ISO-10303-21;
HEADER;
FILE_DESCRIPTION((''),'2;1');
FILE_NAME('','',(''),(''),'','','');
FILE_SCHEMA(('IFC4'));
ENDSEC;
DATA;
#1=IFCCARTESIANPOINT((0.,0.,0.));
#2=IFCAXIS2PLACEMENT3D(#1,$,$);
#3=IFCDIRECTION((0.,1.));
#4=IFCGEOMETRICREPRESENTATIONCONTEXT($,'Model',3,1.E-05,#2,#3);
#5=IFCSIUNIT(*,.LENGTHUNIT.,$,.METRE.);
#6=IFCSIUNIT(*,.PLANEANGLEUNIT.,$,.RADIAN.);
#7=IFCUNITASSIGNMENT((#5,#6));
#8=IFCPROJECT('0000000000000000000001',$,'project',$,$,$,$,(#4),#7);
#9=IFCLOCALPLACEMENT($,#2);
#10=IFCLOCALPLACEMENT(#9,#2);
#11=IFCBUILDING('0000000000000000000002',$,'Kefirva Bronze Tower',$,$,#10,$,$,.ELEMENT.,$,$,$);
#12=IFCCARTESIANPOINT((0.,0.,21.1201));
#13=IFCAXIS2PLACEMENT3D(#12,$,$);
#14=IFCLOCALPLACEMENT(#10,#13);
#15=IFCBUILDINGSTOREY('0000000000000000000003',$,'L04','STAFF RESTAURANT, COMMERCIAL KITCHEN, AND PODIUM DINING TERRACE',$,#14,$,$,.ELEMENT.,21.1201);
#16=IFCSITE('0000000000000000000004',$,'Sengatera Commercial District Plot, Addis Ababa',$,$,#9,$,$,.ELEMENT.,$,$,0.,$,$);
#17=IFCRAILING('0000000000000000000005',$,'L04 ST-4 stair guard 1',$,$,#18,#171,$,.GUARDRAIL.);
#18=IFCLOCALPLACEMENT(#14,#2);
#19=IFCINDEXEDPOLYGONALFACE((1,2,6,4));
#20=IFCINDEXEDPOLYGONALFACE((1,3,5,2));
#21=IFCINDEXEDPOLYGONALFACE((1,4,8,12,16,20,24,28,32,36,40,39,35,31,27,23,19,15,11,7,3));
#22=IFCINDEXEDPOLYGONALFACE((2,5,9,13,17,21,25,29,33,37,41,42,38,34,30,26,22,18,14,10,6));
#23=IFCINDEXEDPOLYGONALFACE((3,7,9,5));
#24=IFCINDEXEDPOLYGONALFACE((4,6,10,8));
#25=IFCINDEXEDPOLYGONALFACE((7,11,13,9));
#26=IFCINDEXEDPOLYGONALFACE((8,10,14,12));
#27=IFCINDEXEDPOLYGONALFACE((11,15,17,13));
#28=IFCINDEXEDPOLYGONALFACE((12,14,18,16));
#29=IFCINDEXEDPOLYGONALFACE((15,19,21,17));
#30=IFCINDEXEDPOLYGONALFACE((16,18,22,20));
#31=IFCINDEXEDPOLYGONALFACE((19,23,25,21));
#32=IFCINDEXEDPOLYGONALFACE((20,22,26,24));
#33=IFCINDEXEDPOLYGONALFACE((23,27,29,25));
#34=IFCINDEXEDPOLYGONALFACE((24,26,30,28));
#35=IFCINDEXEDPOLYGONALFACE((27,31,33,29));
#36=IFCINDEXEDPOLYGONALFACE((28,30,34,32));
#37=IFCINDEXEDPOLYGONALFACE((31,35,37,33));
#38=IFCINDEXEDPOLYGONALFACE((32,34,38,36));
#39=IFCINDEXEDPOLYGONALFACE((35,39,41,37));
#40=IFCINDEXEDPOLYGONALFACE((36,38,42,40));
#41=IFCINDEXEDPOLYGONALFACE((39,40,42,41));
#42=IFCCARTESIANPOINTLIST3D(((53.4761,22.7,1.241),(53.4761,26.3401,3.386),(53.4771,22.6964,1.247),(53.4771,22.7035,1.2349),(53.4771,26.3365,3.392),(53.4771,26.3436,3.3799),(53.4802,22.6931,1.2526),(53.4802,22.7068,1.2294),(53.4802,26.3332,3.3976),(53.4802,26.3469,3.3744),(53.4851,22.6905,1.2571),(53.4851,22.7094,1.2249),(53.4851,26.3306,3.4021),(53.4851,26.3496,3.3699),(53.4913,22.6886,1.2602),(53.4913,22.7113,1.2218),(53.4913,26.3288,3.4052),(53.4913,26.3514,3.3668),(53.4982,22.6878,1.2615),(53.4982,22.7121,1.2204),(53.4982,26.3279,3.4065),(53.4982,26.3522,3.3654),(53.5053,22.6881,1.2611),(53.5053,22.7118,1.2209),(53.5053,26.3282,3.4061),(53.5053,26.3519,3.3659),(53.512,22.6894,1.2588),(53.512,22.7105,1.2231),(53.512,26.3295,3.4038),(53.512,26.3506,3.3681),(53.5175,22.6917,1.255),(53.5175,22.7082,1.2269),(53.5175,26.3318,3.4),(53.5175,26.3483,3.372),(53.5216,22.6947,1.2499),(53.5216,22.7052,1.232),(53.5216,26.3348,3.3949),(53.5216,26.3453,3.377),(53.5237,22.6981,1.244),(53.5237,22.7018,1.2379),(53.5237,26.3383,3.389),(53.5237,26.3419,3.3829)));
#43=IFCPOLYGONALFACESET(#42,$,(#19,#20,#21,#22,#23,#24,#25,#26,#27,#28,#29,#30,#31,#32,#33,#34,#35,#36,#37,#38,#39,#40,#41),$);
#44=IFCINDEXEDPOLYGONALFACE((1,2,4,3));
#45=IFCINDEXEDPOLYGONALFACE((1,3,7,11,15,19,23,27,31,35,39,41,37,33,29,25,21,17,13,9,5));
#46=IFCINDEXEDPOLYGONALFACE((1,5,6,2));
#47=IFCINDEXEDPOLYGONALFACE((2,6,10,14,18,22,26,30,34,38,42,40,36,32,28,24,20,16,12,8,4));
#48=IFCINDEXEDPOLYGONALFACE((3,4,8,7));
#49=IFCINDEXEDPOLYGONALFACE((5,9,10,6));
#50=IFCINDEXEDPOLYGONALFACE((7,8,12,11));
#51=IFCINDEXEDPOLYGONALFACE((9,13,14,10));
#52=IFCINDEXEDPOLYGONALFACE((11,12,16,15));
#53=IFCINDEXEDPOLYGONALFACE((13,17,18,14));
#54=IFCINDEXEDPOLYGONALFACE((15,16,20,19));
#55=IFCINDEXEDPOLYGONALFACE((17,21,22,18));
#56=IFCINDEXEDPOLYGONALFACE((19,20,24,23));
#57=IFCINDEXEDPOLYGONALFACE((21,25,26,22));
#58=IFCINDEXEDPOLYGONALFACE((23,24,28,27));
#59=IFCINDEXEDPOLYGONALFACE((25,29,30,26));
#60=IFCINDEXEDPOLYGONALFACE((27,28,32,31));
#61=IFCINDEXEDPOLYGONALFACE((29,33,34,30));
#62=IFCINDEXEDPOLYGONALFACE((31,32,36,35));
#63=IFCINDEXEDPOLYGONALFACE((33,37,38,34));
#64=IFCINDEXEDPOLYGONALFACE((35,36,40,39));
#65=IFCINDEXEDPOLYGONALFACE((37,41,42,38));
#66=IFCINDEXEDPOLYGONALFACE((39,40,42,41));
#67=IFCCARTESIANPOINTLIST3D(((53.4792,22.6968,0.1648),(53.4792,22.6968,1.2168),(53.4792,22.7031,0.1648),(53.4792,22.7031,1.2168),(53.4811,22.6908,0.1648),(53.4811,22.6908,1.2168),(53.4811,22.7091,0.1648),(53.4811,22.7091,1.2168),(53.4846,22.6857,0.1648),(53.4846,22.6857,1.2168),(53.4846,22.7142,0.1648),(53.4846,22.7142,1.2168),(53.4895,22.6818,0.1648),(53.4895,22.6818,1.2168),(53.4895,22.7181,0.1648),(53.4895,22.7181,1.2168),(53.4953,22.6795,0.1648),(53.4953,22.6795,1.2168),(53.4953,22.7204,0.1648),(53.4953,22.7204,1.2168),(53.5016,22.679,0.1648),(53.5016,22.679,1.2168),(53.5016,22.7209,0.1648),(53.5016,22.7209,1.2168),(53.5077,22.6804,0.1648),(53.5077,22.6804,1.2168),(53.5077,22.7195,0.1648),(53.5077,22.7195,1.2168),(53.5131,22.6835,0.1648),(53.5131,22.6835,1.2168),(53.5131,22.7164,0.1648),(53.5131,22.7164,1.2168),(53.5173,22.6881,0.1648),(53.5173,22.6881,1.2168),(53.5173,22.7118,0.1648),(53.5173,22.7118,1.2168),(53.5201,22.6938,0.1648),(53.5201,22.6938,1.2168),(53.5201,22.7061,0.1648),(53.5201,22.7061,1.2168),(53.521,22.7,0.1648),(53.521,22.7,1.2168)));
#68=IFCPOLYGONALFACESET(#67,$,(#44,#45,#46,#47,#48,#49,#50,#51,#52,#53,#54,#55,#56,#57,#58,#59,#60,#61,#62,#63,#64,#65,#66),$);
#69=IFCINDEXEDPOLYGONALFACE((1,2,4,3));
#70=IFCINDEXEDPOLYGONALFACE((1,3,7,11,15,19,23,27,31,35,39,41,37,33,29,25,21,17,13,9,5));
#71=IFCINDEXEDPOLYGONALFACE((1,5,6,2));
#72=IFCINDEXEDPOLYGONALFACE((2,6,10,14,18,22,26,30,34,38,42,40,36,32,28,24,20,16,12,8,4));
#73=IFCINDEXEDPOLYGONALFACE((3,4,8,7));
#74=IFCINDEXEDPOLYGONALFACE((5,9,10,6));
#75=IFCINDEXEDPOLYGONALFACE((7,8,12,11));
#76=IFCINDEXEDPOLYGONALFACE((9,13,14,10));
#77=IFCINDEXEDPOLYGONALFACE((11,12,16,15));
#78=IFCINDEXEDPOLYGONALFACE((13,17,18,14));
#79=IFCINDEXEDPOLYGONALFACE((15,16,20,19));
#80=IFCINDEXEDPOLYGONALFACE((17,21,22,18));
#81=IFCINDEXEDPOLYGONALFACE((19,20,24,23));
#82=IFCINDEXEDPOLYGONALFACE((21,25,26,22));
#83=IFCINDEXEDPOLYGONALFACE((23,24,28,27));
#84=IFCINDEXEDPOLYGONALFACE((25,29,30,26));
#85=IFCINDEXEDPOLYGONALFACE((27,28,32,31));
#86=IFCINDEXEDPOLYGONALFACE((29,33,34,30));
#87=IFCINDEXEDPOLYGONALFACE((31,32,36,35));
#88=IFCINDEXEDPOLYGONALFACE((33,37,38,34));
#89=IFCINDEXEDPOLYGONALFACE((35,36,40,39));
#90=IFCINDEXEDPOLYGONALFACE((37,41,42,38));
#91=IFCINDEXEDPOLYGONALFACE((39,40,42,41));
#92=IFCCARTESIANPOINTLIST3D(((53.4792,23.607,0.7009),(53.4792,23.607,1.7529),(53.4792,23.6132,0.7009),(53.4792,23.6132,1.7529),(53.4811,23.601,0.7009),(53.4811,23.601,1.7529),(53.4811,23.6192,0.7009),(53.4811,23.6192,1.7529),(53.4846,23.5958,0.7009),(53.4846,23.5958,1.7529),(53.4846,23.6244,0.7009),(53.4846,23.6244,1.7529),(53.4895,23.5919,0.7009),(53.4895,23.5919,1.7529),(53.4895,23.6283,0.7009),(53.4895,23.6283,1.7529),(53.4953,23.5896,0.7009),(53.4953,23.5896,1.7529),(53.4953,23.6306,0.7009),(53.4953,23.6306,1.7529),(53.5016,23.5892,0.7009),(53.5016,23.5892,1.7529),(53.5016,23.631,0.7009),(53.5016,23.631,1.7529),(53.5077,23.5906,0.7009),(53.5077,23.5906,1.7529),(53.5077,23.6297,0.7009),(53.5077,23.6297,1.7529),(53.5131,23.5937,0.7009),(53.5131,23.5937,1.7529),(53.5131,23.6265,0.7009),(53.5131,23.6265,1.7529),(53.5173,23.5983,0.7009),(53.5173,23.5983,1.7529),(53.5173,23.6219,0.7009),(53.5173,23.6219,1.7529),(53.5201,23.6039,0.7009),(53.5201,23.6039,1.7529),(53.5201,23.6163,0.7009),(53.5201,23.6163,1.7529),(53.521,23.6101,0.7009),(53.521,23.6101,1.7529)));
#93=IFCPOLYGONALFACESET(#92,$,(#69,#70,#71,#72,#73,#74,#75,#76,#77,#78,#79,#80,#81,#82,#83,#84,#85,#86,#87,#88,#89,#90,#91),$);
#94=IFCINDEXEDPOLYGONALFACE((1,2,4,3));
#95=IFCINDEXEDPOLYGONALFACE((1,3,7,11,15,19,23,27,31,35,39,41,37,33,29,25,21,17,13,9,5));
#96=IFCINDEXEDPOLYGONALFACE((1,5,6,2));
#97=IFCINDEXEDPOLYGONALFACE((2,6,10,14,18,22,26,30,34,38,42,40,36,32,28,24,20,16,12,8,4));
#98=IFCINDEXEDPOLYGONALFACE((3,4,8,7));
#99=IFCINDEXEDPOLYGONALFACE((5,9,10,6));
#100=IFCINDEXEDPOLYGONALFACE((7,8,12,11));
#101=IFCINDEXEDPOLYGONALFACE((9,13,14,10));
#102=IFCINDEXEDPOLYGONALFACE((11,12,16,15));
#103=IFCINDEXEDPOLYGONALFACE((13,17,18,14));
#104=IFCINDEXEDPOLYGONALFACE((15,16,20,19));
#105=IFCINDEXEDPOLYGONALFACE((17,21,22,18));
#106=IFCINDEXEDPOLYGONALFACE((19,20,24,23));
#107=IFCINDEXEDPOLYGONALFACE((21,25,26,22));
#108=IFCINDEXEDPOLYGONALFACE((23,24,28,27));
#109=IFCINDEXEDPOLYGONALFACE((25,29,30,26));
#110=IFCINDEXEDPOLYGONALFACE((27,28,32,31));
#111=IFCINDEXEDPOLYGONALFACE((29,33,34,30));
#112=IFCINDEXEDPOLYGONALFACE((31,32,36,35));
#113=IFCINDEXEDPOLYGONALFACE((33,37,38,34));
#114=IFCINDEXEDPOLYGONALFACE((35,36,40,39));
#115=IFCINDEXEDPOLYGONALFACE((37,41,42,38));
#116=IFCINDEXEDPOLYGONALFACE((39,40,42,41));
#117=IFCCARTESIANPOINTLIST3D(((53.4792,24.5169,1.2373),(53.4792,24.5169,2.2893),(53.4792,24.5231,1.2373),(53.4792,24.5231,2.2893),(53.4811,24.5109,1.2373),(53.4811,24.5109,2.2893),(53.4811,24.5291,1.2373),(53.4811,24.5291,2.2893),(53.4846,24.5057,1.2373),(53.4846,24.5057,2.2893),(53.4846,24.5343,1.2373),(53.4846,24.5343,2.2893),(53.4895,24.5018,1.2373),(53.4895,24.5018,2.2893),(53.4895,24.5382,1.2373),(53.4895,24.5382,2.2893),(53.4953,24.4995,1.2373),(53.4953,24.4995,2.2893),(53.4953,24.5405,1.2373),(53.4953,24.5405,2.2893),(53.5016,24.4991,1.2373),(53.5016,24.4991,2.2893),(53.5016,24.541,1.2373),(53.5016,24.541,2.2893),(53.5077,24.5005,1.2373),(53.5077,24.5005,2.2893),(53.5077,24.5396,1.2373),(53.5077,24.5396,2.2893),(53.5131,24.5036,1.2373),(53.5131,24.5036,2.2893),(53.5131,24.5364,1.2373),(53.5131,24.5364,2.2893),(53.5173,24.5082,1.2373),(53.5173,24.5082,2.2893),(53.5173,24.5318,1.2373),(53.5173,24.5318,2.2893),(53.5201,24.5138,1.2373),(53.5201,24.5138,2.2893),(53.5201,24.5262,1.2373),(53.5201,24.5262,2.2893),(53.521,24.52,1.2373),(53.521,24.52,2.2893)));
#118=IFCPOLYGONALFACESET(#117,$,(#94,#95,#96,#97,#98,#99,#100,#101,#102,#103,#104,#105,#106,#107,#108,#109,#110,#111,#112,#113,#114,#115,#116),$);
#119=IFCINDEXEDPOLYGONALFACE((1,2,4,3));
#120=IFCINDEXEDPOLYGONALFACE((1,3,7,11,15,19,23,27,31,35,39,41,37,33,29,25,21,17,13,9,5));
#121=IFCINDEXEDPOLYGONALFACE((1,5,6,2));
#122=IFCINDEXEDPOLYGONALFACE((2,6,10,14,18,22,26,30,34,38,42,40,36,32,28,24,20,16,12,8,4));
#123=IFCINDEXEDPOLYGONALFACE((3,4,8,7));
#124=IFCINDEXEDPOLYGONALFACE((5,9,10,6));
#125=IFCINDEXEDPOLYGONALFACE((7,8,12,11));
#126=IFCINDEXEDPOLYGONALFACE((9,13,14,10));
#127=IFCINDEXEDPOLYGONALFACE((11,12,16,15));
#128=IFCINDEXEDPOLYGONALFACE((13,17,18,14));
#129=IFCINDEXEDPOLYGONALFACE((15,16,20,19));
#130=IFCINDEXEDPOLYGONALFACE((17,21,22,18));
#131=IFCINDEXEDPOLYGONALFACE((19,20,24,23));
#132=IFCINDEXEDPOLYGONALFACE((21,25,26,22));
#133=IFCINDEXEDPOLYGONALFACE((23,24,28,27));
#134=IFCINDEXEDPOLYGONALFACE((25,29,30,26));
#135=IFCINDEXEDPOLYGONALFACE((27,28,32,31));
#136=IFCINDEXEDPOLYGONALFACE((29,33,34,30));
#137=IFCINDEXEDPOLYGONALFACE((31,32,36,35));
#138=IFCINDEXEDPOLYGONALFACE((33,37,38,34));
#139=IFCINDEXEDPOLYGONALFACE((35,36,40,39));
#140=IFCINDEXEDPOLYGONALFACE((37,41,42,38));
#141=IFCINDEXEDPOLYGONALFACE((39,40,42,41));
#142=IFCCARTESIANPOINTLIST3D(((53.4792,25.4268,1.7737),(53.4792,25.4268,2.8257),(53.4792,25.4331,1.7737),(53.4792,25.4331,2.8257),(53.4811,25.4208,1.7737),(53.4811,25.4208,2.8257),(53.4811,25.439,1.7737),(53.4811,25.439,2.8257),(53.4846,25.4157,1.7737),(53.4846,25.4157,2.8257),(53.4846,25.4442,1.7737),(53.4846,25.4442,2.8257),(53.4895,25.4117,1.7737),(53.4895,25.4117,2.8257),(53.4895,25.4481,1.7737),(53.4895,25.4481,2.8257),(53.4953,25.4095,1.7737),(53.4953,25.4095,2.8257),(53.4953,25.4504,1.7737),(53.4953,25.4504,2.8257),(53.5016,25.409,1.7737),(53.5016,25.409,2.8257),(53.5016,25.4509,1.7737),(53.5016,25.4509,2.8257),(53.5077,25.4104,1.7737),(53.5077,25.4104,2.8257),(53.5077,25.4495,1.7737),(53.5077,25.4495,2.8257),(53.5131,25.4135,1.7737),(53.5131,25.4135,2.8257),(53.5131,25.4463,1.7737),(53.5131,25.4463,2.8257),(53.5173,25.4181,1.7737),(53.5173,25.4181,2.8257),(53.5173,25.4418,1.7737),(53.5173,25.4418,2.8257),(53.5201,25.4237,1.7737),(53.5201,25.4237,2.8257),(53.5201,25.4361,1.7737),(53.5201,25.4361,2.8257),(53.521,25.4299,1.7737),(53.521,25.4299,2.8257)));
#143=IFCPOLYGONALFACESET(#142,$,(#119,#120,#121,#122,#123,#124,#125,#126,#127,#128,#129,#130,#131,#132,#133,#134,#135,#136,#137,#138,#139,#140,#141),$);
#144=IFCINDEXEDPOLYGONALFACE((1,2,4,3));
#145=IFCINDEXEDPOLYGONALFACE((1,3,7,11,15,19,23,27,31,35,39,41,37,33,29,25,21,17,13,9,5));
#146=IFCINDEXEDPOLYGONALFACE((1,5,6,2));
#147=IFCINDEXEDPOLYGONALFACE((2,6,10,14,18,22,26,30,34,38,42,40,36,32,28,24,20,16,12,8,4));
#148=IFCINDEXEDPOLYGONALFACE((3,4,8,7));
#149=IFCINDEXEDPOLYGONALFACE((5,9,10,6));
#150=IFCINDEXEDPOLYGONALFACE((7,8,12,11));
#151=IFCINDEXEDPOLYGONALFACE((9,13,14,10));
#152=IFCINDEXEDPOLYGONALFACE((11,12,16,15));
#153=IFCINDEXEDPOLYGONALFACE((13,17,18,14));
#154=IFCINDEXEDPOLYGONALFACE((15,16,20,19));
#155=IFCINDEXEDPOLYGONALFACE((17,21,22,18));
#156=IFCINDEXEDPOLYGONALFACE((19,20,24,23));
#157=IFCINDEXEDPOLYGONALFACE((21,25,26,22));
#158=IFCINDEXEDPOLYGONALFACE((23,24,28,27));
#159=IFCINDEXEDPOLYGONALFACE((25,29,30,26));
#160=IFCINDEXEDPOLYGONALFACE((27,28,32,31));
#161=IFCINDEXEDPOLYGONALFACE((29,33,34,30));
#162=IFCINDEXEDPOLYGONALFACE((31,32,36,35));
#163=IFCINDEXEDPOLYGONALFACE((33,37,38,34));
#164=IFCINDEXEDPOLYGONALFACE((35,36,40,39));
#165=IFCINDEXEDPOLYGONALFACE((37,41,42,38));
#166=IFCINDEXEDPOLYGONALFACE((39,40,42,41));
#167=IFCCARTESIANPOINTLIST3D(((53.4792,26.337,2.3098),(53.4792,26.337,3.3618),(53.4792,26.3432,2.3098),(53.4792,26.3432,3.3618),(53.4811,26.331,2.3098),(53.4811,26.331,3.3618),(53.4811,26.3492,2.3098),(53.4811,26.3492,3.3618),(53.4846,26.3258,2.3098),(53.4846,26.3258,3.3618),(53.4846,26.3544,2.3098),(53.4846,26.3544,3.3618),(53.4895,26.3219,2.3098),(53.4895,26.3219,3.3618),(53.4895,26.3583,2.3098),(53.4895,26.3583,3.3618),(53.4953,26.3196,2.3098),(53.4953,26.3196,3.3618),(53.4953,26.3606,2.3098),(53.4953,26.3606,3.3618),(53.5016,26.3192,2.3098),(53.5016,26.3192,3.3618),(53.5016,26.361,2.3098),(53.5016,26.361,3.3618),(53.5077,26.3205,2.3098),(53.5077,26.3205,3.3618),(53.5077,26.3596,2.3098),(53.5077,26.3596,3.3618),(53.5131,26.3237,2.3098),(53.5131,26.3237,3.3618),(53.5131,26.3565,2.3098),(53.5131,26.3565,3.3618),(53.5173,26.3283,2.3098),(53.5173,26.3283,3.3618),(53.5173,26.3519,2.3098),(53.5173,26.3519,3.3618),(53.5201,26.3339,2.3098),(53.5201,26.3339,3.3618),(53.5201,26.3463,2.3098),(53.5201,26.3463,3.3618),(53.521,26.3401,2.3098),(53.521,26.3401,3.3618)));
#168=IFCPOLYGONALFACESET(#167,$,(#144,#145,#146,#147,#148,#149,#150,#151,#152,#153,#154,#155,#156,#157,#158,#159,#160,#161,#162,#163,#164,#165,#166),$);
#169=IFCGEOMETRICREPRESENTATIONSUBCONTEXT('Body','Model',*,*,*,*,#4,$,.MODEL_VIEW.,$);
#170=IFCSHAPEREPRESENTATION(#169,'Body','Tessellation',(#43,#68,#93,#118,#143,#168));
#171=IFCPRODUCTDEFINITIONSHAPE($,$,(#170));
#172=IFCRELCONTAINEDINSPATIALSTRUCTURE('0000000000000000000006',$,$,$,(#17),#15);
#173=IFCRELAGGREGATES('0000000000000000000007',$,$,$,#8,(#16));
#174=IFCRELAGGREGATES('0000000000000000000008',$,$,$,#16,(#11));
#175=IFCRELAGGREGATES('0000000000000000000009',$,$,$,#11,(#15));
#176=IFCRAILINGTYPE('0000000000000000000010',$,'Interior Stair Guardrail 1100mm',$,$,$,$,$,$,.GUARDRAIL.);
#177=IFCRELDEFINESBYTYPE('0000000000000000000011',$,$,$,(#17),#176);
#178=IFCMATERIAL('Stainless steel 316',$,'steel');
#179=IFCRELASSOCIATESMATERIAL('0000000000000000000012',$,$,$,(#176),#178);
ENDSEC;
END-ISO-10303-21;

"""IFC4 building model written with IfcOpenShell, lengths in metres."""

from ifc_helpers import new_model, si_unit, direction, frame, origin, origin_2d, place, context, subcontext, project, spatial, circle, extrude, material, type_object, element, save


model = new_model("IFC4")

# Units and contexts
model_context = context("Model", 3, precision=1e-05, world=origin(), true_north=direction((0.0, 1.0)))
body_context = subcontext(model_context, "Body", "Model", "MODEL_VIEW")
ifc_project = project(units=[si_unit("LENGTHUNIT", "METRE"), si_unit("PLANEANGLEUNIT", "RADIAN")], contexts=[model_context])

# Site, building, storey
site_placement = place(None, origin())
site = spatial("IfcSite", under=ifc_project, at=site_placement, Name="Sengatera Commercial District Plot, Addis Ababa", CompositionType="ELEMENT", RefElevation=0.0)
building_placement = place(site_placement, origin())
building = spatial("IfcBuilding", under=site, at=building_placement, Name="Kefirva Bronze Tower", CompositionType="ELEMENT")
storey_placement = place(building_placement, frame((0.0, 0.0, 21.1201)))
storey = spatial("IfcBuildingStorey", under=building, at=storey_placement, Name="L04", Description="STAFF RESTAURANT, COMMERCIAL KITCHEN, AND PODIUM DINING TERRACE", CompositionType="ELEMENT", Elevation=21.1201)

# Railing
ifc_material_1 = material(Name="Stainless steel 316", Category="steel")
railing_type_1 = type_object("IfcRailingType", Name="Interior Stair Guardrail 1100mm", PredefinedType="GUARDRAIL", material=ifc_material_1)
railing_1_placement = place(storey_placement, frame((53.5, 22.7, 0.1648)))
element("IfcRailing", 1, at=railing_1_placement, inside=storey, type_object=railing_type_1, Name="L04 ST-4 stair guard 1", PredefinedType="GUARDRAIL", context=body_context, shape_type="SweptSolid", body=[
    extrude(circle(Radius=0.0239, at=origin_2d()), frame((0.0, 0.0, 1.0762), z_axis=(0.0, 0.861545, 0.507682), x_axis=(-1.0, 0.0, 0.0)), (0.0, 0.0, 1.0), 4.2251),
    extrude(circle(Radius=0.021, at=origin_2d()), origin(), (0.0, 0.0, 1.0), 1.052),
    extrude(circle(Radius=0.021, at=origin_2d()), frame((0.0, 0.9102, 0.5361)), (0.0, 0.0, 1.0), 1.052),
    extrude(circle(Radius=0.021, at=origin_2d()), frame((0.0, 1.8201, 1.0725)), (0.0, 0.0, 1.0), 1.052),
    extrude(circle(Radius=0.021, at=origin_2d()), frame((0.0, 2.73, 1.6089)), (0.0, 0.0, 1.0), 1.052),
    extrude(circle(Radius=0.021, at=origin_2d()), frame((0.0, 3.6401, 2.145)), (0.0, 0.0, 1.0), 1.052),
])

save(model, "model.ifc")
